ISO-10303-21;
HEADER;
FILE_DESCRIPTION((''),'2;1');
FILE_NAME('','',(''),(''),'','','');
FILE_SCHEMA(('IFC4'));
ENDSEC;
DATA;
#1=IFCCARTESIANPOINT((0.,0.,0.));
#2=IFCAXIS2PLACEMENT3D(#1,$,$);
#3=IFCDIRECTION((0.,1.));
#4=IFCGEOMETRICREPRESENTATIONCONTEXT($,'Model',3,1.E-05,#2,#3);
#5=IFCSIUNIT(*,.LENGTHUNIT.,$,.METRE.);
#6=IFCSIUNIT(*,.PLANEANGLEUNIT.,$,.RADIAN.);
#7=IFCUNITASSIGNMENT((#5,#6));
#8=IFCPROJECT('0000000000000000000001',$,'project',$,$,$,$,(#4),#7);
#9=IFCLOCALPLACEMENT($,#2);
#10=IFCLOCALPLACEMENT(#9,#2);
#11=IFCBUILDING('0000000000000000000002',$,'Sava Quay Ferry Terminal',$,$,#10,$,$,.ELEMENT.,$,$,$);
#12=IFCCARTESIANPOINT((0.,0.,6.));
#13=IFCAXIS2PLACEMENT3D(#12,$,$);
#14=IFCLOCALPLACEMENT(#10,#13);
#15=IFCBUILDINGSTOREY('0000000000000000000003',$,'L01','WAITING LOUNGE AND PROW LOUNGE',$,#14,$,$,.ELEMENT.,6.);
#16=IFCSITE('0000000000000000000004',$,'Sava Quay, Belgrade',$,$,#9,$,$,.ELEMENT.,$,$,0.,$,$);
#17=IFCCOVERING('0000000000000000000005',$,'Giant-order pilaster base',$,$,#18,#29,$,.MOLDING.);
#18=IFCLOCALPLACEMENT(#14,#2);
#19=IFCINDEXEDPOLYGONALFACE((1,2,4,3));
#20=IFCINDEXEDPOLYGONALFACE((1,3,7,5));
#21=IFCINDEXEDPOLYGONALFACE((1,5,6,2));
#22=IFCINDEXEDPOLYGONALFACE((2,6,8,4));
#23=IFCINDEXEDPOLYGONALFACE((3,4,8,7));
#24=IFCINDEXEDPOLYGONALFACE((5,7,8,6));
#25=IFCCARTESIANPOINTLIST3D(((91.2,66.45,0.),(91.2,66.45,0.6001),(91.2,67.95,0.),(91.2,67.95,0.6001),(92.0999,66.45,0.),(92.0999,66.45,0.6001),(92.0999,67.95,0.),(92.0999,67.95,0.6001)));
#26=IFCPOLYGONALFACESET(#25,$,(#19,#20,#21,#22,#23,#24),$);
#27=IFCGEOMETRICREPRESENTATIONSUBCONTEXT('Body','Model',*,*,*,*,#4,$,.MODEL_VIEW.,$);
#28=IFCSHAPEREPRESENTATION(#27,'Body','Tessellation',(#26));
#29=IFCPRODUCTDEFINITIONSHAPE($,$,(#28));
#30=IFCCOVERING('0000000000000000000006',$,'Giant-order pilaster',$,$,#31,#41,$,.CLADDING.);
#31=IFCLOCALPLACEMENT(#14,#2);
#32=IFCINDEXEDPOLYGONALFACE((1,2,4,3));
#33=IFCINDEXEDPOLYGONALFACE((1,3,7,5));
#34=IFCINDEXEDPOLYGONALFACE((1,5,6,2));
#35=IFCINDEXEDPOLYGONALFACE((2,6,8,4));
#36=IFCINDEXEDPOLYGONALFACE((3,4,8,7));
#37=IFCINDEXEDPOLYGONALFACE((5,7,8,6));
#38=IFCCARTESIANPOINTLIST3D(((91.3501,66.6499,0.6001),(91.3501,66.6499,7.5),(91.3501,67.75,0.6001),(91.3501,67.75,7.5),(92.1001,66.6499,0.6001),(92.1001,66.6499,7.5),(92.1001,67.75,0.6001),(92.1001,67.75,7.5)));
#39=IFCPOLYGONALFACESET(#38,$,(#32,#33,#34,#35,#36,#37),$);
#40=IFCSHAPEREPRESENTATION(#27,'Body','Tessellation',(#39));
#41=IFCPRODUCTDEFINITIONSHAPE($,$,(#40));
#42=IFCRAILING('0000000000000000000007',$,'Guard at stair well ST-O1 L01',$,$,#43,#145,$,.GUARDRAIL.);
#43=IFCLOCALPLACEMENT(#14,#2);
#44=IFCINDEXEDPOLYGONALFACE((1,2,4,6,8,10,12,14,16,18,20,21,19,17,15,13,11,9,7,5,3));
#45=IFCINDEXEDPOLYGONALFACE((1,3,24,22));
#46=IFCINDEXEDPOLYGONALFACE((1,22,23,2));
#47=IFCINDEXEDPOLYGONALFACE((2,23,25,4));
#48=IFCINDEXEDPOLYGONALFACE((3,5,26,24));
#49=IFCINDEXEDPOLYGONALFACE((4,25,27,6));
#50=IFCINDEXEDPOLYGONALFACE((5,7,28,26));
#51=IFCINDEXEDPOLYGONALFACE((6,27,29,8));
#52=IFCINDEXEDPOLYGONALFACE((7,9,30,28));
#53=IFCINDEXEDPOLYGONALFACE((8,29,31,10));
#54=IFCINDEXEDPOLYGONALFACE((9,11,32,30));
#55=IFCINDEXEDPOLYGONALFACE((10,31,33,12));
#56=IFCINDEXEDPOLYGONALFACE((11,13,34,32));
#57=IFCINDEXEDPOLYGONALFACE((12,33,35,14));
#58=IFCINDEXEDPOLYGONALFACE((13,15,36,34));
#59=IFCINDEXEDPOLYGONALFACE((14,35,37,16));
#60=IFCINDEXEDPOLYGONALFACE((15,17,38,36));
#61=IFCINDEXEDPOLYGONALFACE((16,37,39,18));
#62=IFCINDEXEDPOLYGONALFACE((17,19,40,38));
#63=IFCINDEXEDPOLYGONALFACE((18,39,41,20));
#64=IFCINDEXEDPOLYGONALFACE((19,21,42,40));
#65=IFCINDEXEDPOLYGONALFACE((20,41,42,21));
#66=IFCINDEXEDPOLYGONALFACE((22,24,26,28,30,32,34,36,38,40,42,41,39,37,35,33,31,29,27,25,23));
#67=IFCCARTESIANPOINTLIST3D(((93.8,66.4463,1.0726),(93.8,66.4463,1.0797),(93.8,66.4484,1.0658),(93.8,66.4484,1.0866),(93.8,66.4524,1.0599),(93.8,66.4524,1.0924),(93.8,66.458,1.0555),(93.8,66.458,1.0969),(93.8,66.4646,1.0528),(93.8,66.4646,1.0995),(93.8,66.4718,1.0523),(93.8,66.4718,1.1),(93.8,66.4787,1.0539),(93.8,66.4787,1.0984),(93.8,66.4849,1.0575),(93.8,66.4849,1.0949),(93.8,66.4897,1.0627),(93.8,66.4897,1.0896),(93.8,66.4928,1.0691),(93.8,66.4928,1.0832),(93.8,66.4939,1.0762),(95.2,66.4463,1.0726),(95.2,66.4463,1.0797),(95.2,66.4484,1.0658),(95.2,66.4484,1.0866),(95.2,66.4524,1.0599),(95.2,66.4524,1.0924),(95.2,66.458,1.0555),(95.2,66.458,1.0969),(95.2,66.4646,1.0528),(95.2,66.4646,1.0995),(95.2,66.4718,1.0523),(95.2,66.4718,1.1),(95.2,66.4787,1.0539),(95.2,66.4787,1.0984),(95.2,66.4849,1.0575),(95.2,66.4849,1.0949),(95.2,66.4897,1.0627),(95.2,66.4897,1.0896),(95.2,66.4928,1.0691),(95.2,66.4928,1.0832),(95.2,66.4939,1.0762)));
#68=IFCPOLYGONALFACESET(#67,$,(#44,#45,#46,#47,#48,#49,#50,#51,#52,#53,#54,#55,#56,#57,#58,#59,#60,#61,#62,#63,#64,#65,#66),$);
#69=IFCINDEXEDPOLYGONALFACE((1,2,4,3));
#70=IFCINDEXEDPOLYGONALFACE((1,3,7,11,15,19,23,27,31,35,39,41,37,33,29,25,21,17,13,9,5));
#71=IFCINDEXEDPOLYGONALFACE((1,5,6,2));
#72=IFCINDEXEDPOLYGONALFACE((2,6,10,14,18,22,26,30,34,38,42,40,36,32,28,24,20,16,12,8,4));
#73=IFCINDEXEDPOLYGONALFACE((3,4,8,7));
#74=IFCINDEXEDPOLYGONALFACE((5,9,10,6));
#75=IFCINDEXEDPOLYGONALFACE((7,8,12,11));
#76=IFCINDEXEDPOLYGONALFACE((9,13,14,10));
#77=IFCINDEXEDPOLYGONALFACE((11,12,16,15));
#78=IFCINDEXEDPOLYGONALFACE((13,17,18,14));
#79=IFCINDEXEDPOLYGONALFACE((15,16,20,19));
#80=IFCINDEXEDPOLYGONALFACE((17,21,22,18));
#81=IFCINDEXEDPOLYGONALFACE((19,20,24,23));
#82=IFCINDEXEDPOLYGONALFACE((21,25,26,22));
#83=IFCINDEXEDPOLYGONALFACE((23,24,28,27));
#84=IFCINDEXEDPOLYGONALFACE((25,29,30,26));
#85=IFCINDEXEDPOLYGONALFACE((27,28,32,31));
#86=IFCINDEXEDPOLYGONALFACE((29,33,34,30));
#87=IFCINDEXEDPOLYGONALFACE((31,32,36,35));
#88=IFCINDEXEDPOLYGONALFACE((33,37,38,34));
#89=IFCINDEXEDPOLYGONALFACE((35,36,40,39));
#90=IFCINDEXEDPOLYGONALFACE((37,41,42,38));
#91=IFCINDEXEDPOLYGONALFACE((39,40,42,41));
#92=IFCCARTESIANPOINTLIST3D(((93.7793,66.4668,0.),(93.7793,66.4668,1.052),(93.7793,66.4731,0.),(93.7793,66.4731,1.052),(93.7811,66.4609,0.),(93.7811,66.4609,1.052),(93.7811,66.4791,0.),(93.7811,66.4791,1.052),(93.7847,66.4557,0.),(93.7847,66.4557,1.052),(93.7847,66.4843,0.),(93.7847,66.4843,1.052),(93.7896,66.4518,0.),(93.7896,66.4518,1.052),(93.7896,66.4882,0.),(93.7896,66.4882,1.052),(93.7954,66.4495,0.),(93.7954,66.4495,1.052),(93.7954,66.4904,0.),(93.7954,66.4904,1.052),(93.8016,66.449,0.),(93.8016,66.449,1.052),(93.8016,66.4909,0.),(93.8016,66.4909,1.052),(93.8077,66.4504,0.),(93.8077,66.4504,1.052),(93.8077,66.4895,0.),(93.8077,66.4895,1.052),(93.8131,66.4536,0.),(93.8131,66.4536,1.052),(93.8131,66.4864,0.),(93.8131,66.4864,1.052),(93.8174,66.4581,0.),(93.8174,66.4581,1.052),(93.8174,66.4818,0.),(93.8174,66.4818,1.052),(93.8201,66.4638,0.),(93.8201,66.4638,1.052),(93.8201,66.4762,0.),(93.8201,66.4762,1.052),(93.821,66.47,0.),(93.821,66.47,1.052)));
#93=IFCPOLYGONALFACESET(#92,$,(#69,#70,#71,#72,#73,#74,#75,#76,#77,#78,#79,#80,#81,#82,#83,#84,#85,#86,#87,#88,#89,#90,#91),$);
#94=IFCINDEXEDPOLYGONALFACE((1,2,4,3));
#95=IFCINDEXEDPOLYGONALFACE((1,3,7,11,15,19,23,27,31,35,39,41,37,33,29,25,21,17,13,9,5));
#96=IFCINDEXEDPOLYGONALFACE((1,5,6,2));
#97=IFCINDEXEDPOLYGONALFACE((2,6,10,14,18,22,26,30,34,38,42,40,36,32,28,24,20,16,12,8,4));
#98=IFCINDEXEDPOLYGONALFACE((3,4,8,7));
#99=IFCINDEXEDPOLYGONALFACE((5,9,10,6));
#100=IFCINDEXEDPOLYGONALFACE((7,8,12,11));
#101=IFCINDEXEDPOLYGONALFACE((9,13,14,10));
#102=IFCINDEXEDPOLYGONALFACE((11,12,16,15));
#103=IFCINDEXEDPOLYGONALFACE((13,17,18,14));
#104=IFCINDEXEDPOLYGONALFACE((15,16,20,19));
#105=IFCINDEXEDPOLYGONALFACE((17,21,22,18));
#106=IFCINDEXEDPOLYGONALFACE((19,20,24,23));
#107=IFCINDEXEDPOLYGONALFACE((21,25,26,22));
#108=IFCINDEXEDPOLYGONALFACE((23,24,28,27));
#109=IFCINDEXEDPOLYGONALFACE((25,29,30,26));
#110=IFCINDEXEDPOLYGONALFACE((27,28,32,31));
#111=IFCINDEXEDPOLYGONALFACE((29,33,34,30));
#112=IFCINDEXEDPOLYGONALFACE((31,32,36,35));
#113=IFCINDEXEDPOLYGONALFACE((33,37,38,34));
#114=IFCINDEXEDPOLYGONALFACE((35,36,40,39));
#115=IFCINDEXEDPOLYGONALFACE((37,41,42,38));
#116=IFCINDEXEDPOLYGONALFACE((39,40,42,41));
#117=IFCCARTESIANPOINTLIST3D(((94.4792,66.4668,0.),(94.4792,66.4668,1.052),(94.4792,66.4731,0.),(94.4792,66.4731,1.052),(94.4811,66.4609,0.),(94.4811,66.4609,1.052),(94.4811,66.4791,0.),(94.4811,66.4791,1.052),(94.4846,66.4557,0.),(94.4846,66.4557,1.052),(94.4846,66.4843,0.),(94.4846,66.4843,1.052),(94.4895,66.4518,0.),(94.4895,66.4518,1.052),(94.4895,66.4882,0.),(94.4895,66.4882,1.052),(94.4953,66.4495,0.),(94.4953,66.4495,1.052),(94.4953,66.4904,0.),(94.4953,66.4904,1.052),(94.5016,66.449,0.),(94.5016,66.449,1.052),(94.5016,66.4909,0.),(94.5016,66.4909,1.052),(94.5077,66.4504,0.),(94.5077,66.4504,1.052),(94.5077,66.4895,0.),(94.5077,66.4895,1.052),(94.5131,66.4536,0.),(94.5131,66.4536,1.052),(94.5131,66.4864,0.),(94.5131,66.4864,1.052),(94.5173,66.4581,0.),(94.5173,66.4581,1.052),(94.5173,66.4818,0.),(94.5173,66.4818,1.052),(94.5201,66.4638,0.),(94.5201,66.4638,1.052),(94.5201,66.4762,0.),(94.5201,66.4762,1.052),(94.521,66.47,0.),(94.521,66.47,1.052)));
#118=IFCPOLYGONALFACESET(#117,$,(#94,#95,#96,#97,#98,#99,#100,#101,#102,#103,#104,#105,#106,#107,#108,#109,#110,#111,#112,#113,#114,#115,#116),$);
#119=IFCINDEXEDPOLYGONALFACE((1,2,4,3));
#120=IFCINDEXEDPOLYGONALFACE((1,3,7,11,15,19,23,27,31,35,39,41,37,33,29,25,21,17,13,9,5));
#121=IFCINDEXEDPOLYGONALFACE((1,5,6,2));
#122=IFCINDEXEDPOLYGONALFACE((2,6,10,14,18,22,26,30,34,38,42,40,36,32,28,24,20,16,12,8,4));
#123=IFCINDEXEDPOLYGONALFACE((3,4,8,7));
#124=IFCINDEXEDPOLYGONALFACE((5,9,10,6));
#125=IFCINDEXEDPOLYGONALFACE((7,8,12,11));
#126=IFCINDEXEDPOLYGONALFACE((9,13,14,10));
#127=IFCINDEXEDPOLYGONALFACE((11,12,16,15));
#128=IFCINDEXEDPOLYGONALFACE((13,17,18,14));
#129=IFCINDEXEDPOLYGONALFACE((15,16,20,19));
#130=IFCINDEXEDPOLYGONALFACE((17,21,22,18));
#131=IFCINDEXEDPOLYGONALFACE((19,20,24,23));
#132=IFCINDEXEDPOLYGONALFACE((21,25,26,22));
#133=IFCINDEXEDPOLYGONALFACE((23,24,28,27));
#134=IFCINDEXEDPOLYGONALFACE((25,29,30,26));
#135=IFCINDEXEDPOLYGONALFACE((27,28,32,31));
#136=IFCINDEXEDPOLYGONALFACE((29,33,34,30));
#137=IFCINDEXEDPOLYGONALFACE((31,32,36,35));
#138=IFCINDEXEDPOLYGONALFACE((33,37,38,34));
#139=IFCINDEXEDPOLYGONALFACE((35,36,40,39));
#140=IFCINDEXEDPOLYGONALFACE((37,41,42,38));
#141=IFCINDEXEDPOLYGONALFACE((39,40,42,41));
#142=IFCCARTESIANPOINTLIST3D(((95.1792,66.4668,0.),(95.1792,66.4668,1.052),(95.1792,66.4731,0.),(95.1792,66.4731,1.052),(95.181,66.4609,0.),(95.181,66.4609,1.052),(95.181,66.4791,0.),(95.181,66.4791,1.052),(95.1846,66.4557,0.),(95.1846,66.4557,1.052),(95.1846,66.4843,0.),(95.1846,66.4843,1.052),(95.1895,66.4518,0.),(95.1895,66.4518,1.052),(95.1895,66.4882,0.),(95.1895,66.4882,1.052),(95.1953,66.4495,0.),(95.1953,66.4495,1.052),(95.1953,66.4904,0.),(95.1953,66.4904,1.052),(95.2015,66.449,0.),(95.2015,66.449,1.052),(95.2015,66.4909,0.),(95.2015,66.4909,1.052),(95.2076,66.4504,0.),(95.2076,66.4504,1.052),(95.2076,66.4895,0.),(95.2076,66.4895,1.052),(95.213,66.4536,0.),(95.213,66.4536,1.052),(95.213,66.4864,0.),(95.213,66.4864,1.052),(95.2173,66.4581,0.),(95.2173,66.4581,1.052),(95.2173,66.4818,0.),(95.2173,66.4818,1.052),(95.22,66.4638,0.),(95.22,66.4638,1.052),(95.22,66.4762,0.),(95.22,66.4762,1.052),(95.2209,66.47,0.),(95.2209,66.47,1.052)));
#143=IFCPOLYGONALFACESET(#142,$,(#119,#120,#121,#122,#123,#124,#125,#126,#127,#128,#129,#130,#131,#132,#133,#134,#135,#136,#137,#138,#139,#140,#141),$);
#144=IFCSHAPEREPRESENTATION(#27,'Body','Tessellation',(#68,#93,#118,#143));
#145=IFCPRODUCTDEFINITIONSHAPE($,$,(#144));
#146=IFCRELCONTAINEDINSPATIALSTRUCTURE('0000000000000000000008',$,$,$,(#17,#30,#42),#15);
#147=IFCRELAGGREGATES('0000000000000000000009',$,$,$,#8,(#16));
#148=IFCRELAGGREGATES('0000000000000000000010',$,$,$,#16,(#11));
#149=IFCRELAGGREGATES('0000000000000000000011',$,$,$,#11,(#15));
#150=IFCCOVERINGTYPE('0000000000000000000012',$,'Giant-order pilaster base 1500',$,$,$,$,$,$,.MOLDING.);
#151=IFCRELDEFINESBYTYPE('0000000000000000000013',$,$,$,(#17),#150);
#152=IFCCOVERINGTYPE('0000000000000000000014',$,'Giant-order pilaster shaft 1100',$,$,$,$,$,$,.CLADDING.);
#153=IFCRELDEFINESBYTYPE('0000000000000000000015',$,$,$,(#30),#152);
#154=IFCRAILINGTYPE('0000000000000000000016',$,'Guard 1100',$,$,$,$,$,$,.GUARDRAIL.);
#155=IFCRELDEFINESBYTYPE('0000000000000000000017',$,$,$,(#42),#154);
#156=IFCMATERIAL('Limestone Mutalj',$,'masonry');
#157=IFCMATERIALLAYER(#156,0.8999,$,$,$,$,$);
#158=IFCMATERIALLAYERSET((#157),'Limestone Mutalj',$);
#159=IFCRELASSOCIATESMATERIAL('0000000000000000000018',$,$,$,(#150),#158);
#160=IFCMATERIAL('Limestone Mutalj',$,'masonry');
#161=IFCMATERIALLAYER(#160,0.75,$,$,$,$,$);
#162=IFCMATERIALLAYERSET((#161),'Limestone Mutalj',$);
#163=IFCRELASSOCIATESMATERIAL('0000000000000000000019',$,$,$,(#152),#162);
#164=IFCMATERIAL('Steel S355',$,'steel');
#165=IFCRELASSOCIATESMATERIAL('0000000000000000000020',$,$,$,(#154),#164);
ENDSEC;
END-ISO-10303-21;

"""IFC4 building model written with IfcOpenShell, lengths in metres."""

from ifc_helpers import new_model, si_unit, direction, frame, origin, origin_2d, place, context, subcontext, project, spatial, rectangle, circle, extrude, material, layer, layer_set, type_object, element, save


model = new_model("IFC4")

# Units and contexts
model_context = context("Model", 3, precision=1e-05, world=origin(), true_north=direction((0.0, 1.0)))
body_context = subcontext(model_context, "Body", "Model", "MODEL_VIEW")
ifc_project = project(units=[si_unit("LENGTHUNIT", "METRE"), si_unit("PLANEANGLEUNIT", "RADIAN")], contexts=[model_context])

# Site, building, storey
site_placement = place(None, origin())
site = spatial("IfcSite", under=ifc_project, at=site_placement, Name="Sava Quay, Belgrade", CompositionType="ELEMENT", RefElevation=0.0)
building_placement = place(site_placement, origin())
building = spatial("IfcBuilding", under=site, at=building_placement, Name="Sava Quay Ferry Terminal", CompositionType="ELEMENT")
storey_placement = place(building_placement, frame((0.0, 0.0, 6.0)))
storey = spatial("IfcBuildingStorey", under=building, at=storey_placement, Name="L01", Description="WAITING LOUNGE AND PROW LOUNGE", CompositionType="ELEMENT", Elevation=6.0)

# Coverings
ifc_material_1 = material(Name="Limestone Mutalj", Category="masonry")
ifc_layer_1 = layer(ifc_material_1, 0.8999)
ifc_layer_set_1 = layer_set([ifc_layer_1], Name="Limestone Mutalj")
covering_type_1 = type_object("IfcCoveringType", Name="Giant-order pilaster base 1500", PredefinedType="MOLDING", material=ifc_layer_set_1)
covering_1_placement = place(storey_placement, frame((91.6499, 67.2, 0.0), z_axis=(0.0, 0.0, 1.0), x_axis=(1.0, 0.0, 0.0)))
element("IfcCovering", 1, at=covering_1_placement, inside=storey, type_object=covering_type_1, Name="Giant-order pilaster base", PredefinedType="MOLDING", context=body_context, shape_type="SweptSolid", body=[
    extrude(rectangle(XDim=0.8999, YDim=1.5, at=origin_2d()), origin(), (0.0, 0.0, 1.0), 0.6001),
])
ifc_material_2 = material(Name="Limestone Mutalj", Category="masonry")
ifc_layer_2 = layer(ifc_material_2, 0.75)
ifc_layer_set_2 = layer_set([ifc_layer_2], Name="Limestone Mutalj")
covering_type_2 = type_object("IfcCoveringType", Name="Giant-order pilaster shaft 1100", PredefinedType="CLADDING", material=ifc_layer_set_2)
covering_2_placement = place(storey_placement, frame((91.7251, 67.2, 0.6001), z_axis=(0.0, 0.0, 1.0), x_axis=(1.0, 0.0, 0.0)))
element("IfcCovering", 2, at=covering_2_placement, inside=storey, type_object=covering_type_2, Name="Giant-order pilaster", PredefinedType="CLADDING", context=body_context, shape_type="SweptSolid", body=[
    extrude(rectangle(XDim=0.75, YDim=1.1001, at=origin_2d()), origin(), (0.0, 0.0, 1.0), 6.8999),
])

# Railing
ifc_material_3 = material(Name="Steel S355", Category="steel")
railing_type_1 = type_object("IfcRailingType", Name="Guard 1100", PredefinedType="GUARDRAIL", material=ifc_material_3)
railing_1_placement = place(storey_placement, frame((93.8, 66.47, 0.0)))
element("IfcRailing", 3, at=railing_1_placement, inside=storey, type_object=railing_type_1, Name="Guard at stair well ST-O1 L01", PredefinedType="GUARDRAIL", context=body_context, shape_type="SweptSolid", body=[
    extrude(circle(Radius=0.0239, at=origin_2d()), frame((0.0, 0.0, 1.0762), z_axis=(1.0, 0.0, 0.0), x_axis=(0.0, 1.0, 0.0)), (0.0, 0.0, 1.0), 1.3999),
    extrude(circle(Radius=0.021, at=origin_2d()), origin(), (0.0, 0.0, 1.0), 1.052),
    extrude(circle(Radius=0.021, at=origin_2d()), frame((0.7, 0.0, 0.0)), (0.0, 0.0, 1.0), 1.052),
    extrude(circle(Radius=0.021, at=origin_2d()), frame((1.3999, 0.0, 0.0)), (0.0, 0.0, 1.0), 1.052),
])

save(model, "model.ifc")
